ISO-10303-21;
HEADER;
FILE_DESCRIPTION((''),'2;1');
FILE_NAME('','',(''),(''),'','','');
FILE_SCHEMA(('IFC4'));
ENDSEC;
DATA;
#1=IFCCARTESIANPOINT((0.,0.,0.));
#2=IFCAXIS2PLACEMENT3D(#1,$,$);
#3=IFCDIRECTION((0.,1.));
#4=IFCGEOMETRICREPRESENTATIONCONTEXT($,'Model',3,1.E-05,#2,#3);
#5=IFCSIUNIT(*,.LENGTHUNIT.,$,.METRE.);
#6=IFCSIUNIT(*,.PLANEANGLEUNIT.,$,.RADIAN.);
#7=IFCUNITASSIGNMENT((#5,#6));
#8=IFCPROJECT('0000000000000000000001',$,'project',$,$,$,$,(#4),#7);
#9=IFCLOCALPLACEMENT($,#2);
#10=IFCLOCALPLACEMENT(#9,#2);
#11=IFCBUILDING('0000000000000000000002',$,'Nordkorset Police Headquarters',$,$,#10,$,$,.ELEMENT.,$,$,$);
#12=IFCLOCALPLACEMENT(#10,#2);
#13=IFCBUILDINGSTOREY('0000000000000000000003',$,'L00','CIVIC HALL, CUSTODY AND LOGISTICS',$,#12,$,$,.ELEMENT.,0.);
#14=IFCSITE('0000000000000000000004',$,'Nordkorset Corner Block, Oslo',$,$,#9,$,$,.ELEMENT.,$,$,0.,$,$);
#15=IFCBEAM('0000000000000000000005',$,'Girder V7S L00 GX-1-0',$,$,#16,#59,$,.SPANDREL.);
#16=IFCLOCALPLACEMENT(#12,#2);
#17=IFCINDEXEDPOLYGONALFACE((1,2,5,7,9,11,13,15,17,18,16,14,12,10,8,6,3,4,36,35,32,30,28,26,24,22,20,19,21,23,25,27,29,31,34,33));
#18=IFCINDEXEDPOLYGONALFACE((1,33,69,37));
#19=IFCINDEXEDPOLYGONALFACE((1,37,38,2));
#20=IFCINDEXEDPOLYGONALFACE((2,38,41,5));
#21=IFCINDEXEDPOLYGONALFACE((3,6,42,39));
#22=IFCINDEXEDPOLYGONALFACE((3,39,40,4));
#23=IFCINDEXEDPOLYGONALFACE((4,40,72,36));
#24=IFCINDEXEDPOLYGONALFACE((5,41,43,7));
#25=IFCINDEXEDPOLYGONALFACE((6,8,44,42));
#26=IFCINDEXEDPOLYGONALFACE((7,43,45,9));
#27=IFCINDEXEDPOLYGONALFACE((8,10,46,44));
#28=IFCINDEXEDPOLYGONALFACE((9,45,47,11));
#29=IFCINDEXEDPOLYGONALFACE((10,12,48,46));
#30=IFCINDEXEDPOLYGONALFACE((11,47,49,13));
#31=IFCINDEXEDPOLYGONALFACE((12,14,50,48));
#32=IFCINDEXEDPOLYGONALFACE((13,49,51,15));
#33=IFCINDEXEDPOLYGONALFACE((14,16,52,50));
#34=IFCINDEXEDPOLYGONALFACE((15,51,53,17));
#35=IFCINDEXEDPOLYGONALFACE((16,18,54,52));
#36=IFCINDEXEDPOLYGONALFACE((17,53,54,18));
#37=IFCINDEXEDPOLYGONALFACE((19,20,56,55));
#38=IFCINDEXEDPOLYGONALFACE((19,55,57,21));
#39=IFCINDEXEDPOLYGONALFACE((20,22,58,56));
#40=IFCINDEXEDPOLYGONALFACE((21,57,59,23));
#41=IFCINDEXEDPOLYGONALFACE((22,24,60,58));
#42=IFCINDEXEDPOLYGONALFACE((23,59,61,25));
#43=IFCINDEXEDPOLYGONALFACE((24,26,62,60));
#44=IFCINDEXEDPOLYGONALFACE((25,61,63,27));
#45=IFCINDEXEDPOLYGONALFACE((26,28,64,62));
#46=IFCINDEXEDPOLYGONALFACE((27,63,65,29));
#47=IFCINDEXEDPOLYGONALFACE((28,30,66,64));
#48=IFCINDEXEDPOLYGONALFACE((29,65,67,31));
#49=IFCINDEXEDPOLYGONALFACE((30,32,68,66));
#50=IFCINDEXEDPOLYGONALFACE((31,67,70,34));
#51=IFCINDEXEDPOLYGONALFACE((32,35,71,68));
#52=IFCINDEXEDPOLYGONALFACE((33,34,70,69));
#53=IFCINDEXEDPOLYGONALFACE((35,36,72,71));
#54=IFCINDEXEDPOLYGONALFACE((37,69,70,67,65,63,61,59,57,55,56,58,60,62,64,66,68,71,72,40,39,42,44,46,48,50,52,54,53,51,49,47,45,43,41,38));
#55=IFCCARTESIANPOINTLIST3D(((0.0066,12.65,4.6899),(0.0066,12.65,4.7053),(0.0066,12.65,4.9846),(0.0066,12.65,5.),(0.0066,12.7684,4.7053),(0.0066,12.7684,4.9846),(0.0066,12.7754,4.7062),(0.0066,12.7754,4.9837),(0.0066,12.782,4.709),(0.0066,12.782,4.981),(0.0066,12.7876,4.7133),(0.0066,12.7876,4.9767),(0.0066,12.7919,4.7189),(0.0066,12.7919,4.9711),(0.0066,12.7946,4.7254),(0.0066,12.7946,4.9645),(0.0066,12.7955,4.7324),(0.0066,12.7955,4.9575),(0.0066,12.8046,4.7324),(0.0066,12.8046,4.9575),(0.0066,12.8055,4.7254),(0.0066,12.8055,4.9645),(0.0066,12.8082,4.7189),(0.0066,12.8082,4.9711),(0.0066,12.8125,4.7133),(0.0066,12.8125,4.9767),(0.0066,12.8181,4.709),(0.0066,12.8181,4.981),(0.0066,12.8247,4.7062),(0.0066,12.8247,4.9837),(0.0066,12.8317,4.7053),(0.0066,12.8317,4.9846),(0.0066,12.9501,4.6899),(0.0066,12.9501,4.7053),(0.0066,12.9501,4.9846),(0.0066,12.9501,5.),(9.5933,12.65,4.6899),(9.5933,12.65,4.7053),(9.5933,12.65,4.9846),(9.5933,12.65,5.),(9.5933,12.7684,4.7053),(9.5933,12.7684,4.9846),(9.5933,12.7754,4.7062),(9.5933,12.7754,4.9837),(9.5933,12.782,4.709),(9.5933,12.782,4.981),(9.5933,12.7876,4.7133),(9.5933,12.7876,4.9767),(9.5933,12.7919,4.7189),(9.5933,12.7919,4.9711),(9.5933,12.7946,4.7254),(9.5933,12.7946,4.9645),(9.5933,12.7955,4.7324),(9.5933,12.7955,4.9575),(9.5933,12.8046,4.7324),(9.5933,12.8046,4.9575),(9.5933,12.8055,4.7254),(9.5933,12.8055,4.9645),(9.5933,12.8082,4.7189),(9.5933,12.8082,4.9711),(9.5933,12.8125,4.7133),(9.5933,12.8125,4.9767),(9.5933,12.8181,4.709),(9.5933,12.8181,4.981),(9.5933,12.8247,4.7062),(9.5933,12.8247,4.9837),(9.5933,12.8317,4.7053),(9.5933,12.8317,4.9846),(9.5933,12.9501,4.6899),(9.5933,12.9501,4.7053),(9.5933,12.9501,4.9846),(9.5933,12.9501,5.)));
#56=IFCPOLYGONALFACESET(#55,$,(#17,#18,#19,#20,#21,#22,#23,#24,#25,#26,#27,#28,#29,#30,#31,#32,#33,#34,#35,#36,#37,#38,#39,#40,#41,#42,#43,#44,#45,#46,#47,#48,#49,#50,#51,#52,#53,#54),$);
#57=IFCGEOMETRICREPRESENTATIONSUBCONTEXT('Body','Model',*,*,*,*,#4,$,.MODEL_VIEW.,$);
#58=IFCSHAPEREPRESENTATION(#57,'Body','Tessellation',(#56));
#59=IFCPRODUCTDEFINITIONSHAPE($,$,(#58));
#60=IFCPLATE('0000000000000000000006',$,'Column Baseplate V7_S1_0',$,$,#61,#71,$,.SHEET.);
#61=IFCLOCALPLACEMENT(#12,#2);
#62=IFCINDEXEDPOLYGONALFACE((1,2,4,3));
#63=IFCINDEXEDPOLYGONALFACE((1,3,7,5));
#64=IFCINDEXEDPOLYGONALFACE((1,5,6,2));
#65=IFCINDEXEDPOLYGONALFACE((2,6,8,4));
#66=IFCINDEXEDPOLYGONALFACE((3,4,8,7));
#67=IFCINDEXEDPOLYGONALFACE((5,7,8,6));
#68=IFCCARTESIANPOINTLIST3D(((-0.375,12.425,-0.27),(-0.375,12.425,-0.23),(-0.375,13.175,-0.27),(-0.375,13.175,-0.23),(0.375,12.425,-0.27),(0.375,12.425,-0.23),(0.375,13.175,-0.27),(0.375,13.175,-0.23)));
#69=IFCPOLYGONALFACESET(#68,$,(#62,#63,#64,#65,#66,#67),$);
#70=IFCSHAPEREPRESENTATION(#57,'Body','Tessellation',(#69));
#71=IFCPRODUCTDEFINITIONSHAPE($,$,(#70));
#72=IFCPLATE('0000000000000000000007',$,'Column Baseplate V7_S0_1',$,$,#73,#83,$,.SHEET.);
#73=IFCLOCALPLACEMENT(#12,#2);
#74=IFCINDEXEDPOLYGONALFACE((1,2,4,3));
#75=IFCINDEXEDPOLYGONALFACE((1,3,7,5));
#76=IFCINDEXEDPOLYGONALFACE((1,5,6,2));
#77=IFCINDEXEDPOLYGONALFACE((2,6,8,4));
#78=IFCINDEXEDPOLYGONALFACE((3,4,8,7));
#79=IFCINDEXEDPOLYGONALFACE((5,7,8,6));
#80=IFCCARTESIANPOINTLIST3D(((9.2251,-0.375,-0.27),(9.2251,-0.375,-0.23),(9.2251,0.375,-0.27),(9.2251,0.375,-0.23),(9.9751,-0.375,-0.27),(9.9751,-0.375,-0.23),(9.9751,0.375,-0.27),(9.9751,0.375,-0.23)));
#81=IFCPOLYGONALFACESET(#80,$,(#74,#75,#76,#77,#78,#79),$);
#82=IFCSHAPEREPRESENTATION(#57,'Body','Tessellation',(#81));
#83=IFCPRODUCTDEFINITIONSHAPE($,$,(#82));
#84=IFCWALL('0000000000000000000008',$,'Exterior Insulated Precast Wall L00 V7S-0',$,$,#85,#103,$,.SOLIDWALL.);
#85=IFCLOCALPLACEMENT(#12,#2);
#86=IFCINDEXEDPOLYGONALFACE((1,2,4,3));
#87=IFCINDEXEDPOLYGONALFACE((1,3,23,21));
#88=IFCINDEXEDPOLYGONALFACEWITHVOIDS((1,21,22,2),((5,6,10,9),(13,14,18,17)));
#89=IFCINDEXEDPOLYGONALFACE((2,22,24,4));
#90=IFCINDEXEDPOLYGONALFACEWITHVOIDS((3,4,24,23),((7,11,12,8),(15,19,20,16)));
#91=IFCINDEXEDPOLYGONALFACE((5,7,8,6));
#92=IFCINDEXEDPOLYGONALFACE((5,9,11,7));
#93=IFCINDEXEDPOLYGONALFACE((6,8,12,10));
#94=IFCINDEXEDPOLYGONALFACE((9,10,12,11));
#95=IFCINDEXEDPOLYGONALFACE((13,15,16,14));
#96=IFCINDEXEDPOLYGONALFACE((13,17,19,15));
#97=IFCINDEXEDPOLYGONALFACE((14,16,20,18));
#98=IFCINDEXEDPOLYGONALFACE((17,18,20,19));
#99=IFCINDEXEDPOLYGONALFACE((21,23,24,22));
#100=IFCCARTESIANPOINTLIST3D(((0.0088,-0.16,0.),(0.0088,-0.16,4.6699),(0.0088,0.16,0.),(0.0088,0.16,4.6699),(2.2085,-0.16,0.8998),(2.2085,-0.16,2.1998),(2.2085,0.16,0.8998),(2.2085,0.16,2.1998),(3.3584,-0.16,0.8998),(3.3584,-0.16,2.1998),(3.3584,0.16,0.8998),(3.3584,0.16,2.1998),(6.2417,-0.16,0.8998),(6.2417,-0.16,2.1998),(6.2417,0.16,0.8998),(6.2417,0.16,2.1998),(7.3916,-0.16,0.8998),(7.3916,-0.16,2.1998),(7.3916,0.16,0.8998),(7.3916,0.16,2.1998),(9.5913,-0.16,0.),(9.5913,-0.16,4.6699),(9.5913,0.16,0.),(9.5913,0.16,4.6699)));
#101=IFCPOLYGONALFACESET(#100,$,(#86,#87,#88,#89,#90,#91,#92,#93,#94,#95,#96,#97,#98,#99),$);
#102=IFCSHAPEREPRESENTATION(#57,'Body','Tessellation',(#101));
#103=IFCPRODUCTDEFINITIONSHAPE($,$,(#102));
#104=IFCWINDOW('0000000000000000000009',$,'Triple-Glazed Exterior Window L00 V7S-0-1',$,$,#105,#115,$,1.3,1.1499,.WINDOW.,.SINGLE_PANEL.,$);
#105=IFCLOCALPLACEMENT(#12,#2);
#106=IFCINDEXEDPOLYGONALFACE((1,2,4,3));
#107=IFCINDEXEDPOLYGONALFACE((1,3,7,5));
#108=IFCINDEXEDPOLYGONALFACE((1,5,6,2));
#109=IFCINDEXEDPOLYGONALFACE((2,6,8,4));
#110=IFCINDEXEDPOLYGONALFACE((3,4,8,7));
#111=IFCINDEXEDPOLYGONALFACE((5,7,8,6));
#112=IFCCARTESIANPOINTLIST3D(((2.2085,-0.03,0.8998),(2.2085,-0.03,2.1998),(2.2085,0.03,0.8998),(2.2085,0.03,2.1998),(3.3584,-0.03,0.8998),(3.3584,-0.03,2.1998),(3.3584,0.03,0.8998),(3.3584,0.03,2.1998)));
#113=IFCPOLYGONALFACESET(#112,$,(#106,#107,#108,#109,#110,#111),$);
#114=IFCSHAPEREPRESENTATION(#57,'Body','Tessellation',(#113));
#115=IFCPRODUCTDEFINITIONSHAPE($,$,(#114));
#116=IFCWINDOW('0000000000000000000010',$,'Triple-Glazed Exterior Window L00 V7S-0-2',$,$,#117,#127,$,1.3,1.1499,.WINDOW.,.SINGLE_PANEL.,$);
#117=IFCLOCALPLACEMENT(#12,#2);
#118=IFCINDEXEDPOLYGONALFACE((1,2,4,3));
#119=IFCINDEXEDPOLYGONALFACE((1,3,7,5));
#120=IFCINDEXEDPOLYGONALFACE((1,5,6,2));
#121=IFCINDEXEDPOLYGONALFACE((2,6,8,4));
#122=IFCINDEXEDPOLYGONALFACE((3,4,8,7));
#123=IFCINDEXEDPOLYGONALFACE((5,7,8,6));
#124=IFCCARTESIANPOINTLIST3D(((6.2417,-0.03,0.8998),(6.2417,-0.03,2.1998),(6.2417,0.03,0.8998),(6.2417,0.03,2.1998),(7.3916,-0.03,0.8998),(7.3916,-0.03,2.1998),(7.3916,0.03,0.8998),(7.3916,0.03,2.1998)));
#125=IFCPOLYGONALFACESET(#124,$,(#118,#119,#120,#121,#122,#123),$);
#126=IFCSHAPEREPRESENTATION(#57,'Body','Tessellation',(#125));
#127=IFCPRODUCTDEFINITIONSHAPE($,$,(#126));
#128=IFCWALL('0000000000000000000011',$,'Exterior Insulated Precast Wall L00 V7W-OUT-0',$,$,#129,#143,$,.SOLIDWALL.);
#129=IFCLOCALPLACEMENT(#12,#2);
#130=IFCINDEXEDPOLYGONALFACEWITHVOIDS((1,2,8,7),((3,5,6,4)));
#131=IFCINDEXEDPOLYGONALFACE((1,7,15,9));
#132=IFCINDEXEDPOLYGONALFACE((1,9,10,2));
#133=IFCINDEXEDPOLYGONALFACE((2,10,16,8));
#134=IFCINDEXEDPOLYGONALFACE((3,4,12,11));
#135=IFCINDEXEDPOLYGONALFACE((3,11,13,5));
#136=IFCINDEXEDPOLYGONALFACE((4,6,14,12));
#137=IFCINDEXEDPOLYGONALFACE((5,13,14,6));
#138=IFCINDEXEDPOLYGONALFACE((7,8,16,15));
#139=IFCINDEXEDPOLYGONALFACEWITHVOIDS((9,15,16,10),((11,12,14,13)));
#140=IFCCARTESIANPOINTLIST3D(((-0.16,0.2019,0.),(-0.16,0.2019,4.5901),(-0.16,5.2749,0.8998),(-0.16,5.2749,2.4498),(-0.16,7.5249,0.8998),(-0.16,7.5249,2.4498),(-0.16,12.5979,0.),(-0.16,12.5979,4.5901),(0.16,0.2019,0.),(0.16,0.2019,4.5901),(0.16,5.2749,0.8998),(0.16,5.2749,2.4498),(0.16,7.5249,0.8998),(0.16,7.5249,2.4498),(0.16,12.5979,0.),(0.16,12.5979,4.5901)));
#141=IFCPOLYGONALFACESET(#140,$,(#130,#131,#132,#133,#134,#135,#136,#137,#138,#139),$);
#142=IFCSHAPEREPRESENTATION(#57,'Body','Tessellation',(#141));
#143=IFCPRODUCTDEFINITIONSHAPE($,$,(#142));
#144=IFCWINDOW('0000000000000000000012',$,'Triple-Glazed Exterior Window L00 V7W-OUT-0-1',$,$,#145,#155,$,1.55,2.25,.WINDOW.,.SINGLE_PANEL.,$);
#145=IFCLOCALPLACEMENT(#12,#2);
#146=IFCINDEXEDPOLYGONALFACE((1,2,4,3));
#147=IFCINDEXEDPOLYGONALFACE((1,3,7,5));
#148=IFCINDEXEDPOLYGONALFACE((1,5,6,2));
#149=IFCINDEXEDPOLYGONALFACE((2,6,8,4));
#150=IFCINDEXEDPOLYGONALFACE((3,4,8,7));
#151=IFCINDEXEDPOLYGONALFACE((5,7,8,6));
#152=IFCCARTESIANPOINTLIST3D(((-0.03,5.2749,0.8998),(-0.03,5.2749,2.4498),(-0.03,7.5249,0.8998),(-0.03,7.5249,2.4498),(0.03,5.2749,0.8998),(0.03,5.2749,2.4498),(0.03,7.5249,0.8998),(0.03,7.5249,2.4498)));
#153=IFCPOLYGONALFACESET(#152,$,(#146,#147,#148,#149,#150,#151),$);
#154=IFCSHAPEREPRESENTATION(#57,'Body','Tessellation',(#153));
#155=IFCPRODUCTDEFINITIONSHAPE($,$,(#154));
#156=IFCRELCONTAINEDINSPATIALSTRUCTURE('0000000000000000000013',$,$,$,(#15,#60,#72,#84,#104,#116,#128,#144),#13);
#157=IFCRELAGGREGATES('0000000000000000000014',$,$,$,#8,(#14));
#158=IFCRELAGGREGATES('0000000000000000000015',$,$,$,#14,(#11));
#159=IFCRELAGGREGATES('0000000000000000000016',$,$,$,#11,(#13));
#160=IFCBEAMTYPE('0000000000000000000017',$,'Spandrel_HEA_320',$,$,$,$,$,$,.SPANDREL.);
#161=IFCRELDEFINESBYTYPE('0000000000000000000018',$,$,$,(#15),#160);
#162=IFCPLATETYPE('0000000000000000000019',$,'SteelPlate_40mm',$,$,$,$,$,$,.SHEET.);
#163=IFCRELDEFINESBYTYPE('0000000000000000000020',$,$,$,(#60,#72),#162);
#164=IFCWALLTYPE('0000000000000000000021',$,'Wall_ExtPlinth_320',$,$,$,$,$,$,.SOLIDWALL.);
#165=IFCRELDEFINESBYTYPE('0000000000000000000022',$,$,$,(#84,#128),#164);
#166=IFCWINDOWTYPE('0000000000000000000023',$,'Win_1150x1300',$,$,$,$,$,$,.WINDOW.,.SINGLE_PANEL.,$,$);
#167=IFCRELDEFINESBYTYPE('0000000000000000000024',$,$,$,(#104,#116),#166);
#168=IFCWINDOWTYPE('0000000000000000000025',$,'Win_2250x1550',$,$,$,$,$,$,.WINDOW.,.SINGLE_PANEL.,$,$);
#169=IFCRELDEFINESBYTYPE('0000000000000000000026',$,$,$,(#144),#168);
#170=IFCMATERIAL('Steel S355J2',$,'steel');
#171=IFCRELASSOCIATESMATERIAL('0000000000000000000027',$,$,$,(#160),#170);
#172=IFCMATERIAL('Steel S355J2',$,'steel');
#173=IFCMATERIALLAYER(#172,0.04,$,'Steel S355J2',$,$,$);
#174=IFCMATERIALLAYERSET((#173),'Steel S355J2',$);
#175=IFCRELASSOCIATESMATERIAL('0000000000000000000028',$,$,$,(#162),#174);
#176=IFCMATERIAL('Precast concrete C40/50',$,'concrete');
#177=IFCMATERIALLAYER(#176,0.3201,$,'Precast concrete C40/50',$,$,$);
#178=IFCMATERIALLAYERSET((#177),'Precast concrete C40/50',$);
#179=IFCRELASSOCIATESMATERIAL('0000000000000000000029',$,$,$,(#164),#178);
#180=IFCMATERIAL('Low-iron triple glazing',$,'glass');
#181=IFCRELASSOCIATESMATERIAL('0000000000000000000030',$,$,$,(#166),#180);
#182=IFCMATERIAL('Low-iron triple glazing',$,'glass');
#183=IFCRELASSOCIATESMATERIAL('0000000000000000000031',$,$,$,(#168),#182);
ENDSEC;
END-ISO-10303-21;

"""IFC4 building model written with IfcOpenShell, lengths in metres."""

from ifc_helpers import new_model, si_unit, direction, frame, frame_2d, origin, origin_2d, place, context, subcontext, project, spatial, rectangle, i_section, extrude, material, layer, layer_set, material_profile, profile_set, type_object, element, fill, save


model = new_model("IFC4")

# Units and contexts
model_context = context("Model", 3, precision=1e-05, world=origin(), true_north=direction((0.0, 1.0)))
body_context = subcontext(model_context, "Body", "Model", "MODEL_VIEW")
ifc_project = project(units=[si_unit("LENGTHUNIT", "METRE"), si_unit("PLANEANGLEUNIT", "RADIAN")], contexts=[model_context])

# Site, building, storey
site_placement = place(None, origin())
site = spatial("IfcSite", under=ifc_project, at=site_placement, Name="Nordkorset Corner Block, Oslo", CompositionType="ELEMENT", RefElevation=0.0)
building_placement = place(site_placement, origin())
building = spatial("IfcBuilding", under=site, at=building_placement, Name="Nordkorset Police Headquarters", CompositionType="ELEMENT")
storey_placement = place(building_placement, origin())
storey = spatial("IfcBuildingStorey", under=building, at=storey_placement, Name="L00", Description="CIVIC HALL, CUSTODY AND LOGISTICS", CompositionType="ELEMENT", Elevation=0.0)

# Beam
ifc_material_1 = material(Name="Steel S355J2", Category="steel")
ifc_material_profile_1 = material_profile(ifc_material_1, i_section(OverallWidth=0.3, OverallDepth=0.3101, WebThickness=0.009, FlangeThickness=0.0154, FilletRadius=0.0271, at=origin_2d()), Name="HEA 320")
ifc_profile_set_1 = profile_set([ifc_material_profile_1], Name="Steel S355J2")
beam_type_1 = type_object("IfcBeamType", Name="Spandrel_HEA_320", PredefinedType="SPANDREL", material=ifc_profile_set_1)
for number, where, z_axis, x_axis, name in (
    (1, (0.0066, 12.8, 4.845), (1.0, 0.0, 0.0), (0.0, 1.0, 0.0), "Girder V7S L00 GX-1-0"),
):
    element("IfcBeam", number, at=place(storey_placement, frame(where, z_axis=z_axis, x_axis=x_axis)), inside=storey, type_object=beam_type_1, Name=name, PredefinedType="SPANDREL", context=body_context, shape_type="SweptSolid", body=[
        extrude(i_section(OverallWidth=0.3, OverallDepth=0.3101, WebThickness=0.009, FlangeThickness=0.0154, FilletRadius=0.0271, at=origin_2d()), origin(), (0.0, 0.0, 1.0), 9.5867),
    ])

# Plates
ifc_material_2 = material(Name="Steel S355J2", Category="steel")
ifc_layer_1 = layer(ifc_material_2, 0.04, Name="Steel S355J2")
ifc_layer_set_1 = layer_set([ifc_layer_1], Name="Steel S355J2")
plate_type = type_object("IfcPlateType", Name="SteelPlate_40mm", PredefinedType="SHEET", material=ifc_layer_set_1)
for number, where, z_axis, x_axis, name in (
    (2, (0.0, 12.8, -0.27), (0.0, 0.0, 1.0), (1.0, 0.0, 0.0), "Column Baseplate V7_S1_0"),
    (3, (9.6001, 0.0, -0.27), (0.0, 0.0, 1.0), (1.0, 0.0, 0.0), "Column Baseplate V7_S0_1"),
):
    element("IfcPlate", number, at=place(storey_placement, frame(where, z_axis=z_axis, x_axis=x_axis)), inside=storey, type_object=plate_type, Name=name, PredefinedType="SHEET", context=body_context, shape_type="SweptSolid", body=[
        extrude(rectangle(XDim=0.75, YDim=0.75, at=origin_2d()), origin(), (0.0, 0.0, 1.0), 0.04),
    ])

# Wall, openings, windows
ifc_material_3 = material(Name="Precast concrete C40/50", Category="concrete")
ifc_layer_2 = layer(ifc_material_3, 0.3201, Name="Precast concrete C40/50")
ifc_layer_set_2 = layer_set([ifc_layer_2], Name="Precast concrete C40/50")
wall_type_1 = type_object("IfcWallType", Name="Wall_ExtPlinth_320", PredefinedType="SOLIDWALL", material=ifc_layer_set_2)
wall_1_placement = place(storey_placement, frame((0.0088, 0.0, 0.0), z_axis=(0.0, 0.0, 1.0), x_axis=(1.0, 0.0, 0.0)))
wall_1 = element("IfcWall", 4, at=wall_1_placement, inside=storey, type_object=wall_type_1, Name="Exterior Insulated Precast Wall L00 V7S-0", PredefinedType="SOLIDWALL", context=body_context, shape_type="SweptSolid", body=[
    extrude(rectangle(XDim=9.5825, YDim=0.3201, at=frame_2d((4.7913, 0.0))), origin(), (0.0, 0.0, 1.0), 4.6699),
])
opening_1_placement = place(wall_1_placement, frame((2.1997, 0.0, 0.8999)))
opening_1 = element("IfcOpeningElement", 5, at=opening_1_placement, cuts=wall_1, PredefinedType="OPENING", context=body_context, shape_type="SweptSolid", body=[
    extrude(rectangle(XDim=1.1499, YDim=1.3, at=frame_2d((0.575, 0.6499))), frame((0.0, 0.1699, 0.0), z_axis=(0.0, -1.0, 0.0), x_axis=(1.0, 0.0, 0.0)), (0.0, 0.0, 1.0), 0.3401),
])
opening_2_placement = place(wall_1_placement, frame((6.2329, 0.0, 0.8999)))
opening_2 = element("IfcOpeningElement", 6, at=opening_2_placement, cuts=wall_1, PredefinedType="OPENING", context=body_context, shape_type="SweptSolid", body=[
    extrude(rectangle(XDim=1.1499, YDim=1.3, at=frame_2d((0.575, 0.6499))), frame((0.0, 0.1699, 0.0), z_axis=(0.0, -1.0, 0.0), x_axis=(1.0, 0.0, 0.0)), (0.0, 0.0, 1.0), 0.3401),
])
ifc_material_4 = material(Name="Low-iron triple glazing", Category="glass")
window_type_1 = type_object("IfcWindowType", Name="Win_1150x1300", PartitioningType="SINGLE_PANEL", PredefinedType="WINDOW", material=ifc_material_4)
window_1_placement = place(opening_1_placement, origin())
window_1 = element("IfcWindow", 7, at=window_1_placement, inside=storey, type_object=window_type_1, Name="Triple-Glazed Exterior Window L00 V7S-0-1", OverallHeight=1.3, OverallWidth=1.1499, PartitioningType="SINGLE_PANEL", PredefinedType="WINDOW", context=body_context, shape_type="SweptSolid", body=[
    extrude(rectangle(XDim=1.1499, YDim=1.3, at=frame_2d((0.575, 0.6499))), frame((0.0, 0.03, 0.0), z_axis=(0.0, -1.0, 0.0), x_axis=(1.0, 0.0, 0.0)), (0.0, 0.0, 1.0), 0.0601),
])
fill(opening_1, window_1)
window_2_placement = place(opening_2_placement, origin())
window_2 = element("IfcWindow", 8, at=window_2_placement, inside=storey, type_object=window_type_1, Name="Triple-Glazed Exterior Window L00 V7S-0-2", OverallHeight=1.3, OverallWidth=1.1499, PartitioningType="SINGLE_PANEL", PredefinedType="WINDOW", context=body_context, shape_type="SweptSolid", body=[
    extrude(rectangle(XDim=1.1499, YDim=1.3, at=frame_2d((0.575, 0.6499))), frame((0.0, 0.03, 0.0), z_axis=(0.0, -1.0, 0.0), x_axis=(1.0, 0.0, 0.0)), (0.0, 0.0, 1.0), 0.0601),
])
fill(opening_2, window_2)

# Wall, opening, window
wall_2_placement = place(storey_placement, frame((0.0, 0.2019, 0.0), z_axis=(0.0, 0.0, 1.0), x_axis=(0.0, 1.0, 0.0)))
wall_2 = element("IfcWall", 9, at=wall_2_placement, inside=storey, type_object=wall_type_1, Name="Exterior Insulated Precast Wall L00 V7W-OUT-0", PredefinedType="SOLIDWALL", context=body_context, shape_type="SweptSolid", body=[
    extrude(rectangle(XDim=12.396, YDim=0.3201, at=frame_2d((6.198, 0.0))), origin(), (0.0, 0.0, 1.0), 4.5901),
])
opening_3_placement = place(wall_2_placement, frame((5.073, 0.0, 0.8999)))
opening_3 = element("IfcOpeningElement", 10, at=opening_3_placement, cuts=wall_2, PredefinedType="OPENING", context=body_context, shape_type="SweptSolid", body=[
    extrude(rectangle(XDim=2.25, YDim=1.55, at=frame_2d((1.125, 0.7749))), frame((0.0, 0.1699, 0.0), z_axis=(0.0, -1.0, 0.0), x_axis=(1.0, 0.0, 0.0)), (0.0, 0.0, 1.0), 0.3401),
])
ifc_material_5 = material(Name="Low-iron triple glazing", Category="glass")
window_type_2 = type_object("IfcWindowType", Name="Win_2250x1550", PartitioningType="SINGLE_PANEL", PredefinedType="WINDOW", material=ifc_material_5)
window_3_placement = place(opening_3_placement, origin())
window_3 = element("IfcWindow", 11, at=window_3_placement, inside=storey, type_object=window_type_2, Name="Triple-Glazed Exterior Window L00 V7W-OUT-0-1", OverallHeight=1.55, OverallWidth=2.25, PartitioningType="SINGLE_PANEL", PredefinedType="WINDOW", context=body_context, shape_type="SweptSolid", body=[
    extrude(rectangle(XDim=2.25, YDim=1.55, at=frame_2d((1.125, 0.7749))), frame((0.0, 0.03, 0.0), z_axis=(0.0, -1.0, 0.0), x_axis=(1.0, 0.0, 0.0)), (0.0, 0.0, 1.0), 0.0601),
])
fill(opening_3, window_3)

save(model, "model.ifc")
